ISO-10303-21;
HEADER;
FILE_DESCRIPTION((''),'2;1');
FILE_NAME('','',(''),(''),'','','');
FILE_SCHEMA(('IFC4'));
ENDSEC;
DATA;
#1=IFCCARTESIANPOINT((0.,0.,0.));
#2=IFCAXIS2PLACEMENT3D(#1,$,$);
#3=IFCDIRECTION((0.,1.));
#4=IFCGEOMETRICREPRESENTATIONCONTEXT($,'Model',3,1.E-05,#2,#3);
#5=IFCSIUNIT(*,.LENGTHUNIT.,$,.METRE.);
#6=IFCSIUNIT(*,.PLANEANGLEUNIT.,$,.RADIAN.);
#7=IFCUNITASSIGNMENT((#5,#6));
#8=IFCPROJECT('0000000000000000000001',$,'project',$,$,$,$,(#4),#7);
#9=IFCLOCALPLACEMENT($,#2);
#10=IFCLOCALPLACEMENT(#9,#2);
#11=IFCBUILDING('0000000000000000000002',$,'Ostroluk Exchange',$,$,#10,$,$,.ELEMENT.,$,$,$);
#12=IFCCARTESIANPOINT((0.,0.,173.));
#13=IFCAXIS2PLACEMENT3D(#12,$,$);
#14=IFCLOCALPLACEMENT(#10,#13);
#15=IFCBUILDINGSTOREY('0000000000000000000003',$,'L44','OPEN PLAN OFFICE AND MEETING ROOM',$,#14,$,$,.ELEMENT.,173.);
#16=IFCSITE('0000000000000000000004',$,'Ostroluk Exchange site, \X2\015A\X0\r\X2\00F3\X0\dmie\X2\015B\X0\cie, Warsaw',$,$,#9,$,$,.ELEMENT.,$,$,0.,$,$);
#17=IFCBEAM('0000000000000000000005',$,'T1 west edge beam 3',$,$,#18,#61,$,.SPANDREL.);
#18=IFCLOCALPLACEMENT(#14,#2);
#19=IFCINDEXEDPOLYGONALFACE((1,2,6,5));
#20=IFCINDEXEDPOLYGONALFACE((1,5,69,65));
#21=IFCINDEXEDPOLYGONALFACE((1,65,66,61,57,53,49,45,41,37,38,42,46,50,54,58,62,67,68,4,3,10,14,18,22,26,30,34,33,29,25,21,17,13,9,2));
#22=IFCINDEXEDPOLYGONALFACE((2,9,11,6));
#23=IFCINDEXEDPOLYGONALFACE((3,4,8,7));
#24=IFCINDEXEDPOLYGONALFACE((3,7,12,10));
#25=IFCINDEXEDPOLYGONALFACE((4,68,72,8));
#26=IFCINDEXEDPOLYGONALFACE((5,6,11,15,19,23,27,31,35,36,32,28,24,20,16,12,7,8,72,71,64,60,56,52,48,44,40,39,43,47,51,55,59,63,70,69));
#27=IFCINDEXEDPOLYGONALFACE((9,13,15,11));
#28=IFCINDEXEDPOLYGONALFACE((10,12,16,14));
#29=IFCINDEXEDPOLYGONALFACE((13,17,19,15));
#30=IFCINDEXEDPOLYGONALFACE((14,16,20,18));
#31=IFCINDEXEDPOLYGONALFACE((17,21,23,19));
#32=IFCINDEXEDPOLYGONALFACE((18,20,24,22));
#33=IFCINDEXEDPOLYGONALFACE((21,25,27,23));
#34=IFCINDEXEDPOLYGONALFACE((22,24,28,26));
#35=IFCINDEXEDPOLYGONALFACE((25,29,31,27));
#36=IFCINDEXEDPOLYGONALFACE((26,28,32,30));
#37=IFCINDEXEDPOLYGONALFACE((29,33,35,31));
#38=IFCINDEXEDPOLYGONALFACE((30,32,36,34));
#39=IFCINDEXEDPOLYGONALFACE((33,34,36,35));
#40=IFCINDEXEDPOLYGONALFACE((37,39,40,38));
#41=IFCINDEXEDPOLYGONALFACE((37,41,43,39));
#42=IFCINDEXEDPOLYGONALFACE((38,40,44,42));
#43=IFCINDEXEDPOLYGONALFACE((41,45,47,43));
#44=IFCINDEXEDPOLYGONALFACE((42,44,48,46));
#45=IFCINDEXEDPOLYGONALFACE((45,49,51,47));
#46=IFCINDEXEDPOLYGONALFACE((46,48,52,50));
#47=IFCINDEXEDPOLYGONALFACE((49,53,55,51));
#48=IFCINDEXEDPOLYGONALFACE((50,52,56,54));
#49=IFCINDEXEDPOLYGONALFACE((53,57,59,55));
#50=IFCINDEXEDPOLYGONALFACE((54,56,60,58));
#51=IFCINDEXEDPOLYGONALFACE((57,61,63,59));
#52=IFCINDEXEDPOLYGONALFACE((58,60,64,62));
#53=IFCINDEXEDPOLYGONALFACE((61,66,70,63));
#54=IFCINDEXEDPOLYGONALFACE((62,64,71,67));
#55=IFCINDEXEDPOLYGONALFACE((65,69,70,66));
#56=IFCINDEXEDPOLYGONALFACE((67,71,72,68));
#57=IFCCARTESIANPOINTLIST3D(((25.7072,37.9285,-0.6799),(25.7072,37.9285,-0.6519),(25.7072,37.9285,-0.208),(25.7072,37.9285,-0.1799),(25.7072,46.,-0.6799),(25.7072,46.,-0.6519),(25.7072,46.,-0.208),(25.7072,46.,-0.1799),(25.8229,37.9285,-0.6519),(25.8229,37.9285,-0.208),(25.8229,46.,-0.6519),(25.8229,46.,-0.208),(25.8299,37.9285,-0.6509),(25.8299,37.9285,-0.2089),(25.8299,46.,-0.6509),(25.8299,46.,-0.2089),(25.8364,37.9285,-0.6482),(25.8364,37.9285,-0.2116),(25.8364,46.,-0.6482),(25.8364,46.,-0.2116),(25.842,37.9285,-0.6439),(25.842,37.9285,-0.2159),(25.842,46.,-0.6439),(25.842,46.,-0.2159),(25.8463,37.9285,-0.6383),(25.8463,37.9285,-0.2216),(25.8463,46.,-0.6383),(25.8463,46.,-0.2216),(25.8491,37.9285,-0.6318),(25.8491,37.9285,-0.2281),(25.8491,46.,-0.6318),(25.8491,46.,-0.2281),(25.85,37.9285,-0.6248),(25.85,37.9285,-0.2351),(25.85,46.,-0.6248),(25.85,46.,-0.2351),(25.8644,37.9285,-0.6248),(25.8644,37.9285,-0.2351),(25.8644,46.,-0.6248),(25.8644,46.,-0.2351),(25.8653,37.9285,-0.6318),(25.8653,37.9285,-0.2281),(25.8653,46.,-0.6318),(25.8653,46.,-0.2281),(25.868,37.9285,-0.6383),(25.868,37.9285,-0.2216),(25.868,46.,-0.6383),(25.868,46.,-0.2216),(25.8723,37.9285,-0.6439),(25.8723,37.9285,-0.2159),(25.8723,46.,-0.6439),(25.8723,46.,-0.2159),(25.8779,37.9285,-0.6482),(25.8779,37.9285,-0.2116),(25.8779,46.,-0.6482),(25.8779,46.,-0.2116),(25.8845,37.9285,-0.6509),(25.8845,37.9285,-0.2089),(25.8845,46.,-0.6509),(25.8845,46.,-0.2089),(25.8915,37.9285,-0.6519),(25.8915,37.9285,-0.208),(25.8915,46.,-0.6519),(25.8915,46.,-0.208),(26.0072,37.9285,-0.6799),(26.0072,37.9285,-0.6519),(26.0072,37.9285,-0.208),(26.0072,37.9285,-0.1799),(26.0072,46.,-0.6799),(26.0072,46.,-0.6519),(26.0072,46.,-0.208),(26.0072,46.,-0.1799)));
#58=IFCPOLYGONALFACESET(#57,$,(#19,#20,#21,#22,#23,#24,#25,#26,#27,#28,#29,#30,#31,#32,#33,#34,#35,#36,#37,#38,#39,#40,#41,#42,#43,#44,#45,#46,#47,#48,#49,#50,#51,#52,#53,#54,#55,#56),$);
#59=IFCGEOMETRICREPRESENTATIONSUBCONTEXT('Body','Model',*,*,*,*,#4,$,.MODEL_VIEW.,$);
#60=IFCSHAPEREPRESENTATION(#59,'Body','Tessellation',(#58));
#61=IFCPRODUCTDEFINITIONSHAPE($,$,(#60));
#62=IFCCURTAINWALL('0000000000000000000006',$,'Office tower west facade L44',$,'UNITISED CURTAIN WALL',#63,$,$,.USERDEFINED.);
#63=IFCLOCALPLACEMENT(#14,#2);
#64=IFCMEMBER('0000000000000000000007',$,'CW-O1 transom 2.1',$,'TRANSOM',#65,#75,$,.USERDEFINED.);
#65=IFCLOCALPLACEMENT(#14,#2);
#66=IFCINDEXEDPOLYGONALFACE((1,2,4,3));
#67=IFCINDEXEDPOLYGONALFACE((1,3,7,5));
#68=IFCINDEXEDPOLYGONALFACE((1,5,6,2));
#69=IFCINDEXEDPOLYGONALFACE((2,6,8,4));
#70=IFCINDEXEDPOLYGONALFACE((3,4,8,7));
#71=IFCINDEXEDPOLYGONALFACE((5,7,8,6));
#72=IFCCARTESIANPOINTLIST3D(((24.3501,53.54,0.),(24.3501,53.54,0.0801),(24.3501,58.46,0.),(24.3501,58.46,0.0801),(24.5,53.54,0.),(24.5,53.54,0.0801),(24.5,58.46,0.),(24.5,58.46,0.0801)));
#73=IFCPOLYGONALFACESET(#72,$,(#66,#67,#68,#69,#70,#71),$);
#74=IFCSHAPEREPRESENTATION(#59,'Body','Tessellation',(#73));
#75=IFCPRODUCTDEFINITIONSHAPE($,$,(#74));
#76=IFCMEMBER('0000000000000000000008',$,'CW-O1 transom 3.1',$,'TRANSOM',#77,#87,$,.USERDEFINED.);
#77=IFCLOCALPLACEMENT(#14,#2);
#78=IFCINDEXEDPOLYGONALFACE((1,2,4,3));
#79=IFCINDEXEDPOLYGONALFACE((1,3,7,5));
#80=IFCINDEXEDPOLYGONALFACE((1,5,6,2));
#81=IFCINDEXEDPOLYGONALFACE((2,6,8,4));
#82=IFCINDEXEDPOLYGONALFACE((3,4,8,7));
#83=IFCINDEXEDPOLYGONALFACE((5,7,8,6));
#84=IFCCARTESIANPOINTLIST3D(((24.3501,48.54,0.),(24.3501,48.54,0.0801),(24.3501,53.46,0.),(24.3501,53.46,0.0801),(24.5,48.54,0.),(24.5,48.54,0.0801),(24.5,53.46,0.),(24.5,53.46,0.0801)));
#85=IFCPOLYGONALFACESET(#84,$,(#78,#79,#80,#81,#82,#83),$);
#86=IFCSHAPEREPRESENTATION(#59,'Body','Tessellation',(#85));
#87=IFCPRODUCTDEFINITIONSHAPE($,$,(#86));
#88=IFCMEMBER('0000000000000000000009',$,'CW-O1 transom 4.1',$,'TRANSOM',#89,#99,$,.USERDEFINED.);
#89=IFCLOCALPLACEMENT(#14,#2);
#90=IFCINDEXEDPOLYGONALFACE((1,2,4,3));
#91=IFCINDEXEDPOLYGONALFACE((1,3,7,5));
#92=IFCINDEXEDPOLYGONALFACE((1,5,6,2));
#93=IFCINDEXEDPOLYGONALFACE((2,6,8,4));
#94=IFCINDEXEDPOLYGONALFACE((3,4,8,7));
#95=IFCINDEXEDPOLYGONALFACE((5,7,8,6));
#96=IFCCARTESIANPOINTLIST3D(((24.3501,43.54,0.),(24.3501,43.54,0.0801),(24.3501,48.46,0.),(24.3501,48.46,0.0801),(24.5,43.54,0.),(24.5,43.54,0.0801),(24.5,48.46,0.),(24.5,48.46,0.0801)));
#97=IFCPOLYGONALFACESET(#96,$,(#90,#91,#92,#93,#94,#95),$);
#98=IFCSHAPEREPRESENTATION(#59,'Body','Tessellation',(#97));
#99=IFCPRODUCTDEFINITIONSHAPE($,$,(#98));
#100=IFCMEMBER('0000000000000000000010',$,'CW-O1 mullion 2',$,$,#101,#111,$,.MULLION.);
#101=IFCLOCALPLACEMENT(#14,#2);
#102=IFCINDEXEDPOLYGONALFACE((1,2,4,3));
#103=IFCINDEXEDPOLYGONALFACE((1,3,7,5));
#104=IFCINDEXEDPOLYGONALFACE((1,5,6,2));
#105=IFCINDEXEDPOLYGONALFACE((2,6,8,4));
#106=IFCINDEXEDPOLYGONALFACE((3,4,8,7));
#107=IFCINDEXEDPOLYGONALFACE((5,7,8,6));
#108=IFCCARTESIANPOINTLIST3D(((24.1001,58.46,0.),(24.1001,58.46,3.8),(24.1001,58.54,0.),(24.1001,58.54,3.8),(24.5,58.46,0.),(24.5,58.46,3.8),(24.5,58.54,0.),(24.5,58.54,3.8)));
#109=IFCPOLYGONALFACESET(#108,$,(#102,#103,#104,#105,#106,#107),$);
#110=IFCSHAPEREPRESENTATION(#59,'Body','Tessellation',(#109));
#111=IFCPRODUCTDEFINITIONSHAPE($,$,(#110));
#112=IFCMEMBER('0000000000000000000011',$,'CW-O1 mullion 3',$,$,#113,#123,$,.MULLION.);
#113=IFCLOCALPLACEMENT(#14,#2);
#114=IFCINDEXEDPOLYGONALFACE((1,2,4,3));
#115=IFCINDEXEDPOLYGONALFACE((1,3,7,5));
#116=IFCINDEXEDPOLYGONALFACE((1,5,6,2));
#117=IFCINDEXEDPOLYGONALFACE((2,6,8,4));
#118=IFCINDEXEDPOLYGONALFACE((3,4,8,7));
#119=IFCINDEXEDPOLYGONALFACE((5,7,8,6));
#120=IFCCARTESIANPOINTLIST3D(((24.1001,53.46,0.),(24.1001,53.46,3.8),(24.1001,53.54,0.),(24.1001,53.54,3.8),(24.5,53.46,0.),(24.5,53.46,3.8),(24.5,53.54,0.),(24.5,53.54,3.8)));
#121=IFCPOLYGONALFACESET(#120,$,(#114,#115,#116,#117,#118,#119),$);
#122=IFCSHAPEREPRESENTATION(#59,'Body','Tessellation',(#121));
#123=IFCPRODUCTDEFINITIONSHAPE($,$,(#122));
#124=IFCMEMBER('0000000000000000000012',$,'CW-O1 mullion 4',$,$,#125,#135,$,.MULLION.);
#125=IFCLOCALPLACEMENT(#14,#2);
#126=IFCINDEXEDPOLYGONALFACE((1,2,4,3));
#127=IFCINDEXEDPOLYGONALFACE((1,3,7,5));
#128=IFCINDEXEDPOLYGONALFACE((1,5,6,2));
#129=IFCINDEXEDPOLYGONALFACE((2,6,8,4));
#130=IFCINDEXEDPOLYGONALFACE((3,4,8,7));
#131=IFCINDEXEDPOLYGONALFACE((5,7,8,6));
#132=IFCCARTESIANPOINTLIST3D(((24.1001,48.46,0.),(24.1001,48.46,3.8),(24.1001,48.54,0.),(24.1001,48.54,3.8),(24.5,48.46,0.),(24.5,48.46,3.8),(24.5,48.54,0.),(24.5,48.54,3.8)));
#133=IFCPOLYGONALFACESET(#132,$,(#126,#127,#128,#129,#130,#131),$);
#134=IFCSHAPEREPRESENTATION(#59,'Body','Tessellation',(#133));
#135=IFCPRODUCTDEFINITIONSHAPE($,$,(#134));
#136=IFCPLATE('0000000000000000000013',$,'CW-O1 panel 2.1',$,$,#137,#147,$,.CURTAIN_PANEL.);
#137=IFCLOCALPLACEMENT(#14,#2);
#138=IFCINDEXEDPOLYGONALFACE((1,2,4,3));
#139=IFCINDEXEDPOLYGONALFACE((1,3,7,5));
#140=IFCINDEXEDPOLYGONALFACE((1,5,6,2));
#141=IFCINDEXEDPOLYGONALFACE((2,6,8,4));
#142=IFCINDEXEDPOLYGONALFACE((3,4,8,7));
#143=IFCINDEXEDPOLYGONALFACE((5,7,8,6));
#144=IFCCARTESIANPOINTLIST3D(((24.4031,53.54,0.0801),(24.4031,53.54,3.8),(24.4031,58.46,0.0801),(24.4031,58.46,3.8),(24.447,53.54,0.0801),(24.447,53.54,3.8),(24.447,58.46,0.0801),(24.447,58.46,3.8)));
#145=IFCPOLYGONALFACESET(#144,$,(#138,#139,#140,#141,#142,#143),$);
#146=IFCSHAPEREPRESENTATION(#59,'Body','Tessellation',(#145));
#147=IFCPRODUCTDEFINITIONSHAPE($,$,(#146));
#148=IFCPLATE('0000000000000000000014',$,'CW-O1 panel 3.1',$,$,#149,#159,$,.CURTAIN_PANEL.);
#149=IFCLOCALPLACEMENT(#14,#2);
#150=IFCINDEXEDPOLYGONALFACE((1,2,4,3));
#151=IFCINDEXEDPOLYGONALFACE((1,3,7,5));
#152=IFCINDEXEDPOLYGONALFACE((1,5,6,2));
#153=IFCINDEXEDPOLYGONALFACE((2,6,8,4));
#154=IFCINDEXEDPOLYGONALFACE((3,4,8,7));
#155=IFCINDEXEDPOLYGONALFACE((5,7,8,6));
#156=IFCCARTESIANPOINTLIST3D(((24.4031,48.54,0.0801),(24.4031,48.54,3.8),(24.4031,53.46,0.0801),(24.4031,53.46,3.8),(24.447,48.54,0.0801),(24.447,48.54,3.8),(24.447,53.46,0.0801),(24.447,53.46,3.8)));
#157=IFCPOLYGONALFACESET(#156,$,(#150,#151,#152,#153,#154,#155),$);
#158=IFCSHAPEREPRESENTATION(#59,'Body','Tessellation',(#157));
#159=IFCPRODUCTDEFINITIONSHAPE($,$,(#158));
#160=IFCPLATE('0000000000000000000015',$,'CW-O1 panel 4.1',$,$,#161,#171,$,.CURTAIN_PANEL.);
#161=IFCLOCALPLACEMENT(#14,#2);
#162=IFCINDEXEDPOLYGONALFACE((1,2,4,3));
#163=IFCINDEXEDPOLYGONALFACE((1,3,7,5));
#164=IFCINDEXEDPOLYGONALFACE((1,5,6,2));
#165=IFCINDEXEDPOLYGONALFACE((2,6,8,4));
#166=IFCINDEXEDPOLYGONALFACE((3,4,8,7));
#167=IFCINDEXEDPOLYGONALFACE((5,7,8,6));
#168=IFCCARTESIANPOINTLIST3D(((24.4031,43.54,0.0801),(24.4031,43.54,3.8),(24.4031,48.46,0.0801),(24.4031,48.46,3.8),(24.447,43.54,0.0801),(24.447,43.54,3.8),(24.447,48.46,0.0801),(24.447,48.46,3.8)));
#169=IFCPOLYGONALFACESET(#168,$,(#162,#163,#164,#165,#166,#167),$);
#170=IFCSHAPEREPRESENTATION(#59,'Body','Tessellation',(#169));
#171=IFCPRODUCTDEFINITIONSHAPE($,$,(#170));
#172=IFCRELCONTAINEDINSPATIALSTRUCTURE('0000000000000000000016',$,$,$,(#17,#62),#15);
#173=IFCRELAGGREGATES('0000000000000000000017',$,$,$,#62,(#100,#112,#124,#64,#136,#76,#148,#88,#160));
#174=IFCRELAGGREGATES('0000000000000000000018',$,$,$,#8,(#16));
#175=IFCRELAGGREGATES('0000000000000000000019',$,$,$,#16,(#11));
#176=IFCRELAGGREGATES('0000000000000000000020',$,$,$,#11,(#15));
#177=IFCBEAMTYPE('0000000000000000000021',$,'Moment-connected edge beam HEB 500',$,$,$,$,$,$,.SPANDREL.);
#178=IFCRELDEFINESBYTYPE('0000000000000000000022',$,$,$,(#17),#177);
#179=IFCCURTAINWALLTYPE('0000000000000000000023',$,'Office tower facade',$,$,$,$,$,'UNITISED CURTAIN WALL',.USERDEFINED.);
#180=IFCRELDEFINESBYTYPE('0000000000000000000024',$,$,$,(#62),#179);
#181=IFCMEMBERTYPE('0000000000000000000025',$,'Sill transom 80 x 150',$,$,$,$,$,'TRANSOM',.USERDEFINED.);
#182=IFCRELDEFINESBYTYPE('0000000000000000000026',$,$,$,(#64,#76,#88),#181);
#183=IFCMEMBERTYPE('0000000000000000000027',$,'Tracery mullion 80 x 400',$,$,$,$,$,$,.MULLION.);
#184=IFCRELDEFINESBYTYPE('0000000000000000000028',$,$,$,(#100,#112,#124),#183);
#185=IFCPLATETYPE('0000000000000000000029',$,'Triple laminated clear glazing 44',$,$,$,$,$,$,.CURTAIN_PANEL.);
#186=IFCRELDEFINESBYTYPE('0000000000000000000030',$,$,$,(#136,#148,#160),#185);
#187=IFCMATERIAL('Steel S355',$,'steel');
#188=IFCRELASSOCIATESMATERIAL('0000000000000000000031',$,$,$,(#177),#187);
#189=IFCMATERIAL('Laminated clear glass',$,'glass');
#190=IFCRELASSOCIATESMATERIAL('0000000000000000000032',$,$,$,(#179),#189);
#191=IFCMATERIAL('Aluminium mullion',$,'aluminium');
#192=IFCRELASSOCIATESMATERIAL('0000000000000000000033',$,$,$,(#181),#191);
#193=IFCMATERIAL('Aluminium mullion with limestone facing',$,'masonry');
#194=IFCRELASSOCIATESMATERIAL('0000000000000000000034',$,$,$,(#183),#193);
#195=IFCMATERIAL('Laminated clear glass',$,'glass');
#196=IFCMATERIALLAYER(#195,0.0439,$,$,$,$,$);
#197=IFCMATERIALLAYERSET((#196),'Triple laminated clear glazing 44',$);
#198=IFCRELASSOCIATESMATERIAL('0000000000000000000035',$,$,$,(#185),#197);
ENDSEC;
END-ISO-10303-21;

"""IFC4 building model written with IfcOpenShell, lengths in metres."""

from ifc_helpers import new_model, si_unit, direction, frame, origin, origin_2d, place, context, subcontext, project, spatial, rectangle, i_section, extrude, material, layer, layer_set, material_profile, profile_set, type_object, element, aggregate, save


model = new_model("IFC4")

# Units and contexts
model_context = context("Model", 3, precision=1e-05, world=origin(), true_north=direction((0.0, 1.0)))
body_context = subcontext(model_context, "Body", "Model", "MODEL_VIEW")
ifc_project = project(units=[si_unit("LENGTHUNIT", "METRE"), si_unit("PLANEANGLEUNIT", "RADIAN")], contexts=[model_context])

# Site, building, storey
site_placement = place(None, origin())
site = spatial("IfcSite", under=ifc_project, at=site_placement, Name="Ostroluk Exchange site, Śródmieście, Warsaw", CompositionType="ELEMENT", RefElevation=0.0)
building_placement = place(site_placement, origin())
building = spatial("IfcBuilding", under=site, at=building_placement, Name="Ostroluk Exchange", CompositionType="ELEMENT")
storey_placement = place(building_placement, frame((0.0, 0.0, 173.0)))
storey = spatial("IfcBuildingStorey", under=building, at=storey_placement, Name="L44", Description="OPEN PLAN OFFICE AND MEETING ROOM", CompositionType="ELEMENT", Elevation=173.0)

# Beam
ifc_material_1 = material(Name="Steel S355", Category="steel")
ifc_material_profile_1 = material_profile(ifc_material_1, i_section(OverallWidth=0.3, OverallDepth=0.5, WebThickness=0.0144, FlangeThickness=0.0281, FilletRadius=0.0271, at=origin_2d()), Name="HEB 500")
ifc_profile_set_1 = profile_set([ifc_material_profile_1], Name="Steel S355")
beam_type = type_object("IfcBeamType", Name="Moment-connected edge beam HEB 500", PredefinedType="SPANDREL", material=ifc_profile_set_1)
for number, where, z_axis, x_axis, name in (
    (1, (25.8572, 46.0, -0.4299), (0.0, -1.0, 0.0), (1.0, 0.0, 0.0), "T1 west edge beam 3"),
):
    element("IfcBeam", number, at=place(storey_placement, frame(where, z_axis=z_axis, x_axis=x_axis)), inside=storey, type_object=beam_type, Name=name, PredefinedType="SPANDREL", context=body_context, shape_type="SweptSolid", body=[
        extrude(i_section(OverallWidth=0.3, OverallDepth=0.5, WebThickness=0.0144, FlangeThickness=0.0281, FilletRadius=0.0271, at=origin_2d()), origin(), (0.0, 0.0, 1.0), 8.0715),
    ])

# Curtain wall, members, plates
ifc_material_2 = material(Name="Laminated clear glass", Category="glass")
curtain_wall_type = type_object("IfcCurtainWallType", Name="Office tower facade", ElementType="UNITISED CURTAIN WALL", PredefinedType="USERDEFINED", material=ifc_material_2)
curtain_wall_placement = place(storey_placement, origin())
curtain_wall = element("IfcCurtainWall", 2, at=curtain_wall_placement, inside=storey, type_object=curtain_wall_type, Name="Office tower west facade L44", ObjectType="UNITISED CURTAIN WALL", PredefinedType="USERDEFINED")
ifc_material_3 = material(Name="Aluminium mullion", Category="aluminium")
ifc_material_profile_2 = material_profile(ifc_material_3, rectangle(XDim=0.1499, YDim=0.0801, at=origin_2d()), Name="Sill transom 80 x 150")
ifc_profile_set_2 = profile_set([ifc_material_profile_2], Name="Aluminium mullion")
member_type_1 = type_object("IfcMemberType", Name="Sill transom 80 x 150", ElementType="TRANSOM", PredefinedType="USERDEFINED", material=ifc_profile_set_2)
member_1_placement = place(storey_placement, frame((24.425, 58.46, 0.04), z_axis=(0.0, -1.0, 0.0), x_axis=(1.0, 0.0, 0.0)))
member_1 = element("IfcMember", 3, at=member_1_placement, type_object=member_type_1, Name="CW-O1 transom 2.1", ObjectType="TRANSOM", PredefinedType="USERDEFINED", context=body_context, shape_type="SweptSolid", body=[
    extrude(rectangle(XDim=0.1499, YDim=0.0801, at=origin_2d()), origin(), (0.0, 0.0, 1.0), 4.9199),
])
member_2_placement = place(storey_placement, frame((24.425, 53.46, 0.04), z_axis=(0.0, -1.0, 0.0), x_axis=(1.0, 0.0, 0.0)))
member_2 = element("IfcMember", 4, at=member_2_placement, type_object=member_type_1, Name="CW-O1 transom 3.1", ObjectType="TRANSOM", PredefinedType="USERDEFINED", context=body_context, shape_type="SweptSolid", body=[
    extrude(rectangle(XDim=0.1499, YDim=0.0801, at=origin_2d()), origin(), (0.0, 0.0, 1.0), 4.9199),
])
member_3_placement = place(storey_placement, frame((24.425, 48.46, 0.04), z_axis=(0.0, -1.0, 0.0), x_axis=(1.0, 0.0, 0.0)))
member_3 = element("IfcMember", 5, at=member_3_placement, type_object=member_type_1, Name="CW-O1 transom 4.1", ObjectType="TRANSOM", PredefinedType="USERDEFINED", context=body_context, shape_type="SweptSolid", body=[
    extrude(rectangle(XDim=0.1499, YDim=0.0801, at=origin_2d()), origin(), (0.0, 0.0, 1.0), 4.9199),
])
ifc_material_4 = material(Name="Aluminium mullion with limestone facing", Category="masonry")
ifc_material_profile_3 = material_profile(ifc_material_4, rectangle(XDim=0.3999, YDim=0.0801, at=origin_2d()), Name="Tracery mullion 80 x 400")
ifc_profile_set_3 = profile_set([ifc_material_profile_3], Name="Aluminium mullion with limestone facing")
member_type_2 = type_object("IfcMemberType", Name="Tracery mullion 80 x 400", PredefinedType="MULLION", material=ifc_profile_set_3)
member_4_placement = place(storey_placement, frame((24.3, 58.5, 0.0), z_axis=(0.0, 0.0, 1.0), x_axis=(1.0, 0.0, 0.0)))
member_4 = element("IfcMember", 6, at=member_4_placement, type_object=member_type_2, Name="CW-O1 mullion 2", PredefinedType="MULLION", context=body_context, shape_type="SweptSolid", body=[
    extrude(rectangle(XDim=0.3999, YDim=0.0801, at=origin_2d()), origin(), (0.0, 0.0, 1.0), 3.8),
])
member_5_placement = place(storey_placement, frame((24.3, 53.5, 0.0), z_axis=(0.0, 0.0, 1.0), x_axis=(1.0, 0.0, 0.0)))
member_5 = element("IfcMember", 7, at=member_5_placement, type_object=member_type_2, Name="CW-O1 mullion 3", PredefinedType="MULLION", context=body_context, shape_type="SweptSolid", body=[
    extrude(rectangle(XDim=0.3999, YDim=0.0801, at=origin_2d()), origin(), (0.0, 0.0, 1.0), 3.8),
])
member_6_placement = place(storey_placement, frame((24.3, 48.5, 0.0), z_axis=(0.0, 0.0, 1.0), x_axis=(1.0, 0.0, 0.0)))
member_6 = element("IfcMember", 8, at=member_6_placement, type_object=member_type_2, Name="CW-O1 mullion 4", PredefinedType="MULLION", context=body_context, shape_type="SweptSolid", body=[
    extrude(rectangle(XDim=0.3999, YDim=0.0801, at=origin_2d()), origin(), (0.0, 0.0, 1.0), 3.8),
])
ifc_material_5 = material(Name="Laminated clear glass", Category="glass")
ifc_layer_1 = layer(ifc_material_5, 0.0439)
ifc_layer_set_1 = layer_set([ifc_layer_1], Name="Triple laminated clear glazing 44")
plate_type = type_object("IfcPlateType", Name="Triple laminated clear glazing 44", PredefinedType="CURTAIN_PANEL", material=ifc_layer_set_1)
plate_1_placement = place(storey_placement, frame((24.425, 56.0, 0.0801), z_axis=(0.0, 0.0, 1.0), x_axis=(0.0, -1.0, 0.0)))
plate_1 = element("IfcPlate", 9, at=plate_1_placement, type_object=plate_type, Name="CW-O1 panel 2.1", PredefinedType="CURTAIN_PANEL", context=body_context, shape_type="SweptSolid", body=[
    extrude(rectangle(XDim=4.9199, YDim=0.0439, at=origin_2d()), origin(), (0.0, 0.0, 1.0), 3.72),
])
plate_2_placement = place(storey_placement, frame((24.425, 51.0, 0.0801), z_axis=(0.0, 0.0, 1.0), x_axis=(0.0, -1.0, 0.0)))
plate_2 = element("IfcPlate", 10, at=plate_2_placement, type_object=plate_type, Name="CW-O1 panel 3.1", PredefinedType="CURTAIN_PANEL", context=body_context, shape_type="SweptSolid", body=[
    extrude(rectangle(XDim=4.9199, YDim=0.0439, at=origin_2d()), origin(), (0.0, 0.0, 1.0), 3.72),
])
plate_3_placement = place(storey_placement, frame((24.425, 46.0, 0.0801), z_axis=(0.0, 0.0, 1.0), x_axis=(0.0, -1.0, 0.0)))
plate_3 = element("IfcPlate", 11, at=plate_3_placement, type_object=plate_type, Name="CW-O1 panel 4.1", PredefinedType="CURTAIN_PANEL", context=body_context, shape_type="SweptSolid", body=[
    extrude(rectangle(XDim=4.9199, YDim=0.0439, at=origin_2d()), origin(), (0.0, 0.0, 1.0), 3.72),
])
aggregate(curtain_wall, [member_4, member_5, member_6, member_1, plate_1, member_2, plate_2, member_3, plate_3])

save(model, "model.ifc")
